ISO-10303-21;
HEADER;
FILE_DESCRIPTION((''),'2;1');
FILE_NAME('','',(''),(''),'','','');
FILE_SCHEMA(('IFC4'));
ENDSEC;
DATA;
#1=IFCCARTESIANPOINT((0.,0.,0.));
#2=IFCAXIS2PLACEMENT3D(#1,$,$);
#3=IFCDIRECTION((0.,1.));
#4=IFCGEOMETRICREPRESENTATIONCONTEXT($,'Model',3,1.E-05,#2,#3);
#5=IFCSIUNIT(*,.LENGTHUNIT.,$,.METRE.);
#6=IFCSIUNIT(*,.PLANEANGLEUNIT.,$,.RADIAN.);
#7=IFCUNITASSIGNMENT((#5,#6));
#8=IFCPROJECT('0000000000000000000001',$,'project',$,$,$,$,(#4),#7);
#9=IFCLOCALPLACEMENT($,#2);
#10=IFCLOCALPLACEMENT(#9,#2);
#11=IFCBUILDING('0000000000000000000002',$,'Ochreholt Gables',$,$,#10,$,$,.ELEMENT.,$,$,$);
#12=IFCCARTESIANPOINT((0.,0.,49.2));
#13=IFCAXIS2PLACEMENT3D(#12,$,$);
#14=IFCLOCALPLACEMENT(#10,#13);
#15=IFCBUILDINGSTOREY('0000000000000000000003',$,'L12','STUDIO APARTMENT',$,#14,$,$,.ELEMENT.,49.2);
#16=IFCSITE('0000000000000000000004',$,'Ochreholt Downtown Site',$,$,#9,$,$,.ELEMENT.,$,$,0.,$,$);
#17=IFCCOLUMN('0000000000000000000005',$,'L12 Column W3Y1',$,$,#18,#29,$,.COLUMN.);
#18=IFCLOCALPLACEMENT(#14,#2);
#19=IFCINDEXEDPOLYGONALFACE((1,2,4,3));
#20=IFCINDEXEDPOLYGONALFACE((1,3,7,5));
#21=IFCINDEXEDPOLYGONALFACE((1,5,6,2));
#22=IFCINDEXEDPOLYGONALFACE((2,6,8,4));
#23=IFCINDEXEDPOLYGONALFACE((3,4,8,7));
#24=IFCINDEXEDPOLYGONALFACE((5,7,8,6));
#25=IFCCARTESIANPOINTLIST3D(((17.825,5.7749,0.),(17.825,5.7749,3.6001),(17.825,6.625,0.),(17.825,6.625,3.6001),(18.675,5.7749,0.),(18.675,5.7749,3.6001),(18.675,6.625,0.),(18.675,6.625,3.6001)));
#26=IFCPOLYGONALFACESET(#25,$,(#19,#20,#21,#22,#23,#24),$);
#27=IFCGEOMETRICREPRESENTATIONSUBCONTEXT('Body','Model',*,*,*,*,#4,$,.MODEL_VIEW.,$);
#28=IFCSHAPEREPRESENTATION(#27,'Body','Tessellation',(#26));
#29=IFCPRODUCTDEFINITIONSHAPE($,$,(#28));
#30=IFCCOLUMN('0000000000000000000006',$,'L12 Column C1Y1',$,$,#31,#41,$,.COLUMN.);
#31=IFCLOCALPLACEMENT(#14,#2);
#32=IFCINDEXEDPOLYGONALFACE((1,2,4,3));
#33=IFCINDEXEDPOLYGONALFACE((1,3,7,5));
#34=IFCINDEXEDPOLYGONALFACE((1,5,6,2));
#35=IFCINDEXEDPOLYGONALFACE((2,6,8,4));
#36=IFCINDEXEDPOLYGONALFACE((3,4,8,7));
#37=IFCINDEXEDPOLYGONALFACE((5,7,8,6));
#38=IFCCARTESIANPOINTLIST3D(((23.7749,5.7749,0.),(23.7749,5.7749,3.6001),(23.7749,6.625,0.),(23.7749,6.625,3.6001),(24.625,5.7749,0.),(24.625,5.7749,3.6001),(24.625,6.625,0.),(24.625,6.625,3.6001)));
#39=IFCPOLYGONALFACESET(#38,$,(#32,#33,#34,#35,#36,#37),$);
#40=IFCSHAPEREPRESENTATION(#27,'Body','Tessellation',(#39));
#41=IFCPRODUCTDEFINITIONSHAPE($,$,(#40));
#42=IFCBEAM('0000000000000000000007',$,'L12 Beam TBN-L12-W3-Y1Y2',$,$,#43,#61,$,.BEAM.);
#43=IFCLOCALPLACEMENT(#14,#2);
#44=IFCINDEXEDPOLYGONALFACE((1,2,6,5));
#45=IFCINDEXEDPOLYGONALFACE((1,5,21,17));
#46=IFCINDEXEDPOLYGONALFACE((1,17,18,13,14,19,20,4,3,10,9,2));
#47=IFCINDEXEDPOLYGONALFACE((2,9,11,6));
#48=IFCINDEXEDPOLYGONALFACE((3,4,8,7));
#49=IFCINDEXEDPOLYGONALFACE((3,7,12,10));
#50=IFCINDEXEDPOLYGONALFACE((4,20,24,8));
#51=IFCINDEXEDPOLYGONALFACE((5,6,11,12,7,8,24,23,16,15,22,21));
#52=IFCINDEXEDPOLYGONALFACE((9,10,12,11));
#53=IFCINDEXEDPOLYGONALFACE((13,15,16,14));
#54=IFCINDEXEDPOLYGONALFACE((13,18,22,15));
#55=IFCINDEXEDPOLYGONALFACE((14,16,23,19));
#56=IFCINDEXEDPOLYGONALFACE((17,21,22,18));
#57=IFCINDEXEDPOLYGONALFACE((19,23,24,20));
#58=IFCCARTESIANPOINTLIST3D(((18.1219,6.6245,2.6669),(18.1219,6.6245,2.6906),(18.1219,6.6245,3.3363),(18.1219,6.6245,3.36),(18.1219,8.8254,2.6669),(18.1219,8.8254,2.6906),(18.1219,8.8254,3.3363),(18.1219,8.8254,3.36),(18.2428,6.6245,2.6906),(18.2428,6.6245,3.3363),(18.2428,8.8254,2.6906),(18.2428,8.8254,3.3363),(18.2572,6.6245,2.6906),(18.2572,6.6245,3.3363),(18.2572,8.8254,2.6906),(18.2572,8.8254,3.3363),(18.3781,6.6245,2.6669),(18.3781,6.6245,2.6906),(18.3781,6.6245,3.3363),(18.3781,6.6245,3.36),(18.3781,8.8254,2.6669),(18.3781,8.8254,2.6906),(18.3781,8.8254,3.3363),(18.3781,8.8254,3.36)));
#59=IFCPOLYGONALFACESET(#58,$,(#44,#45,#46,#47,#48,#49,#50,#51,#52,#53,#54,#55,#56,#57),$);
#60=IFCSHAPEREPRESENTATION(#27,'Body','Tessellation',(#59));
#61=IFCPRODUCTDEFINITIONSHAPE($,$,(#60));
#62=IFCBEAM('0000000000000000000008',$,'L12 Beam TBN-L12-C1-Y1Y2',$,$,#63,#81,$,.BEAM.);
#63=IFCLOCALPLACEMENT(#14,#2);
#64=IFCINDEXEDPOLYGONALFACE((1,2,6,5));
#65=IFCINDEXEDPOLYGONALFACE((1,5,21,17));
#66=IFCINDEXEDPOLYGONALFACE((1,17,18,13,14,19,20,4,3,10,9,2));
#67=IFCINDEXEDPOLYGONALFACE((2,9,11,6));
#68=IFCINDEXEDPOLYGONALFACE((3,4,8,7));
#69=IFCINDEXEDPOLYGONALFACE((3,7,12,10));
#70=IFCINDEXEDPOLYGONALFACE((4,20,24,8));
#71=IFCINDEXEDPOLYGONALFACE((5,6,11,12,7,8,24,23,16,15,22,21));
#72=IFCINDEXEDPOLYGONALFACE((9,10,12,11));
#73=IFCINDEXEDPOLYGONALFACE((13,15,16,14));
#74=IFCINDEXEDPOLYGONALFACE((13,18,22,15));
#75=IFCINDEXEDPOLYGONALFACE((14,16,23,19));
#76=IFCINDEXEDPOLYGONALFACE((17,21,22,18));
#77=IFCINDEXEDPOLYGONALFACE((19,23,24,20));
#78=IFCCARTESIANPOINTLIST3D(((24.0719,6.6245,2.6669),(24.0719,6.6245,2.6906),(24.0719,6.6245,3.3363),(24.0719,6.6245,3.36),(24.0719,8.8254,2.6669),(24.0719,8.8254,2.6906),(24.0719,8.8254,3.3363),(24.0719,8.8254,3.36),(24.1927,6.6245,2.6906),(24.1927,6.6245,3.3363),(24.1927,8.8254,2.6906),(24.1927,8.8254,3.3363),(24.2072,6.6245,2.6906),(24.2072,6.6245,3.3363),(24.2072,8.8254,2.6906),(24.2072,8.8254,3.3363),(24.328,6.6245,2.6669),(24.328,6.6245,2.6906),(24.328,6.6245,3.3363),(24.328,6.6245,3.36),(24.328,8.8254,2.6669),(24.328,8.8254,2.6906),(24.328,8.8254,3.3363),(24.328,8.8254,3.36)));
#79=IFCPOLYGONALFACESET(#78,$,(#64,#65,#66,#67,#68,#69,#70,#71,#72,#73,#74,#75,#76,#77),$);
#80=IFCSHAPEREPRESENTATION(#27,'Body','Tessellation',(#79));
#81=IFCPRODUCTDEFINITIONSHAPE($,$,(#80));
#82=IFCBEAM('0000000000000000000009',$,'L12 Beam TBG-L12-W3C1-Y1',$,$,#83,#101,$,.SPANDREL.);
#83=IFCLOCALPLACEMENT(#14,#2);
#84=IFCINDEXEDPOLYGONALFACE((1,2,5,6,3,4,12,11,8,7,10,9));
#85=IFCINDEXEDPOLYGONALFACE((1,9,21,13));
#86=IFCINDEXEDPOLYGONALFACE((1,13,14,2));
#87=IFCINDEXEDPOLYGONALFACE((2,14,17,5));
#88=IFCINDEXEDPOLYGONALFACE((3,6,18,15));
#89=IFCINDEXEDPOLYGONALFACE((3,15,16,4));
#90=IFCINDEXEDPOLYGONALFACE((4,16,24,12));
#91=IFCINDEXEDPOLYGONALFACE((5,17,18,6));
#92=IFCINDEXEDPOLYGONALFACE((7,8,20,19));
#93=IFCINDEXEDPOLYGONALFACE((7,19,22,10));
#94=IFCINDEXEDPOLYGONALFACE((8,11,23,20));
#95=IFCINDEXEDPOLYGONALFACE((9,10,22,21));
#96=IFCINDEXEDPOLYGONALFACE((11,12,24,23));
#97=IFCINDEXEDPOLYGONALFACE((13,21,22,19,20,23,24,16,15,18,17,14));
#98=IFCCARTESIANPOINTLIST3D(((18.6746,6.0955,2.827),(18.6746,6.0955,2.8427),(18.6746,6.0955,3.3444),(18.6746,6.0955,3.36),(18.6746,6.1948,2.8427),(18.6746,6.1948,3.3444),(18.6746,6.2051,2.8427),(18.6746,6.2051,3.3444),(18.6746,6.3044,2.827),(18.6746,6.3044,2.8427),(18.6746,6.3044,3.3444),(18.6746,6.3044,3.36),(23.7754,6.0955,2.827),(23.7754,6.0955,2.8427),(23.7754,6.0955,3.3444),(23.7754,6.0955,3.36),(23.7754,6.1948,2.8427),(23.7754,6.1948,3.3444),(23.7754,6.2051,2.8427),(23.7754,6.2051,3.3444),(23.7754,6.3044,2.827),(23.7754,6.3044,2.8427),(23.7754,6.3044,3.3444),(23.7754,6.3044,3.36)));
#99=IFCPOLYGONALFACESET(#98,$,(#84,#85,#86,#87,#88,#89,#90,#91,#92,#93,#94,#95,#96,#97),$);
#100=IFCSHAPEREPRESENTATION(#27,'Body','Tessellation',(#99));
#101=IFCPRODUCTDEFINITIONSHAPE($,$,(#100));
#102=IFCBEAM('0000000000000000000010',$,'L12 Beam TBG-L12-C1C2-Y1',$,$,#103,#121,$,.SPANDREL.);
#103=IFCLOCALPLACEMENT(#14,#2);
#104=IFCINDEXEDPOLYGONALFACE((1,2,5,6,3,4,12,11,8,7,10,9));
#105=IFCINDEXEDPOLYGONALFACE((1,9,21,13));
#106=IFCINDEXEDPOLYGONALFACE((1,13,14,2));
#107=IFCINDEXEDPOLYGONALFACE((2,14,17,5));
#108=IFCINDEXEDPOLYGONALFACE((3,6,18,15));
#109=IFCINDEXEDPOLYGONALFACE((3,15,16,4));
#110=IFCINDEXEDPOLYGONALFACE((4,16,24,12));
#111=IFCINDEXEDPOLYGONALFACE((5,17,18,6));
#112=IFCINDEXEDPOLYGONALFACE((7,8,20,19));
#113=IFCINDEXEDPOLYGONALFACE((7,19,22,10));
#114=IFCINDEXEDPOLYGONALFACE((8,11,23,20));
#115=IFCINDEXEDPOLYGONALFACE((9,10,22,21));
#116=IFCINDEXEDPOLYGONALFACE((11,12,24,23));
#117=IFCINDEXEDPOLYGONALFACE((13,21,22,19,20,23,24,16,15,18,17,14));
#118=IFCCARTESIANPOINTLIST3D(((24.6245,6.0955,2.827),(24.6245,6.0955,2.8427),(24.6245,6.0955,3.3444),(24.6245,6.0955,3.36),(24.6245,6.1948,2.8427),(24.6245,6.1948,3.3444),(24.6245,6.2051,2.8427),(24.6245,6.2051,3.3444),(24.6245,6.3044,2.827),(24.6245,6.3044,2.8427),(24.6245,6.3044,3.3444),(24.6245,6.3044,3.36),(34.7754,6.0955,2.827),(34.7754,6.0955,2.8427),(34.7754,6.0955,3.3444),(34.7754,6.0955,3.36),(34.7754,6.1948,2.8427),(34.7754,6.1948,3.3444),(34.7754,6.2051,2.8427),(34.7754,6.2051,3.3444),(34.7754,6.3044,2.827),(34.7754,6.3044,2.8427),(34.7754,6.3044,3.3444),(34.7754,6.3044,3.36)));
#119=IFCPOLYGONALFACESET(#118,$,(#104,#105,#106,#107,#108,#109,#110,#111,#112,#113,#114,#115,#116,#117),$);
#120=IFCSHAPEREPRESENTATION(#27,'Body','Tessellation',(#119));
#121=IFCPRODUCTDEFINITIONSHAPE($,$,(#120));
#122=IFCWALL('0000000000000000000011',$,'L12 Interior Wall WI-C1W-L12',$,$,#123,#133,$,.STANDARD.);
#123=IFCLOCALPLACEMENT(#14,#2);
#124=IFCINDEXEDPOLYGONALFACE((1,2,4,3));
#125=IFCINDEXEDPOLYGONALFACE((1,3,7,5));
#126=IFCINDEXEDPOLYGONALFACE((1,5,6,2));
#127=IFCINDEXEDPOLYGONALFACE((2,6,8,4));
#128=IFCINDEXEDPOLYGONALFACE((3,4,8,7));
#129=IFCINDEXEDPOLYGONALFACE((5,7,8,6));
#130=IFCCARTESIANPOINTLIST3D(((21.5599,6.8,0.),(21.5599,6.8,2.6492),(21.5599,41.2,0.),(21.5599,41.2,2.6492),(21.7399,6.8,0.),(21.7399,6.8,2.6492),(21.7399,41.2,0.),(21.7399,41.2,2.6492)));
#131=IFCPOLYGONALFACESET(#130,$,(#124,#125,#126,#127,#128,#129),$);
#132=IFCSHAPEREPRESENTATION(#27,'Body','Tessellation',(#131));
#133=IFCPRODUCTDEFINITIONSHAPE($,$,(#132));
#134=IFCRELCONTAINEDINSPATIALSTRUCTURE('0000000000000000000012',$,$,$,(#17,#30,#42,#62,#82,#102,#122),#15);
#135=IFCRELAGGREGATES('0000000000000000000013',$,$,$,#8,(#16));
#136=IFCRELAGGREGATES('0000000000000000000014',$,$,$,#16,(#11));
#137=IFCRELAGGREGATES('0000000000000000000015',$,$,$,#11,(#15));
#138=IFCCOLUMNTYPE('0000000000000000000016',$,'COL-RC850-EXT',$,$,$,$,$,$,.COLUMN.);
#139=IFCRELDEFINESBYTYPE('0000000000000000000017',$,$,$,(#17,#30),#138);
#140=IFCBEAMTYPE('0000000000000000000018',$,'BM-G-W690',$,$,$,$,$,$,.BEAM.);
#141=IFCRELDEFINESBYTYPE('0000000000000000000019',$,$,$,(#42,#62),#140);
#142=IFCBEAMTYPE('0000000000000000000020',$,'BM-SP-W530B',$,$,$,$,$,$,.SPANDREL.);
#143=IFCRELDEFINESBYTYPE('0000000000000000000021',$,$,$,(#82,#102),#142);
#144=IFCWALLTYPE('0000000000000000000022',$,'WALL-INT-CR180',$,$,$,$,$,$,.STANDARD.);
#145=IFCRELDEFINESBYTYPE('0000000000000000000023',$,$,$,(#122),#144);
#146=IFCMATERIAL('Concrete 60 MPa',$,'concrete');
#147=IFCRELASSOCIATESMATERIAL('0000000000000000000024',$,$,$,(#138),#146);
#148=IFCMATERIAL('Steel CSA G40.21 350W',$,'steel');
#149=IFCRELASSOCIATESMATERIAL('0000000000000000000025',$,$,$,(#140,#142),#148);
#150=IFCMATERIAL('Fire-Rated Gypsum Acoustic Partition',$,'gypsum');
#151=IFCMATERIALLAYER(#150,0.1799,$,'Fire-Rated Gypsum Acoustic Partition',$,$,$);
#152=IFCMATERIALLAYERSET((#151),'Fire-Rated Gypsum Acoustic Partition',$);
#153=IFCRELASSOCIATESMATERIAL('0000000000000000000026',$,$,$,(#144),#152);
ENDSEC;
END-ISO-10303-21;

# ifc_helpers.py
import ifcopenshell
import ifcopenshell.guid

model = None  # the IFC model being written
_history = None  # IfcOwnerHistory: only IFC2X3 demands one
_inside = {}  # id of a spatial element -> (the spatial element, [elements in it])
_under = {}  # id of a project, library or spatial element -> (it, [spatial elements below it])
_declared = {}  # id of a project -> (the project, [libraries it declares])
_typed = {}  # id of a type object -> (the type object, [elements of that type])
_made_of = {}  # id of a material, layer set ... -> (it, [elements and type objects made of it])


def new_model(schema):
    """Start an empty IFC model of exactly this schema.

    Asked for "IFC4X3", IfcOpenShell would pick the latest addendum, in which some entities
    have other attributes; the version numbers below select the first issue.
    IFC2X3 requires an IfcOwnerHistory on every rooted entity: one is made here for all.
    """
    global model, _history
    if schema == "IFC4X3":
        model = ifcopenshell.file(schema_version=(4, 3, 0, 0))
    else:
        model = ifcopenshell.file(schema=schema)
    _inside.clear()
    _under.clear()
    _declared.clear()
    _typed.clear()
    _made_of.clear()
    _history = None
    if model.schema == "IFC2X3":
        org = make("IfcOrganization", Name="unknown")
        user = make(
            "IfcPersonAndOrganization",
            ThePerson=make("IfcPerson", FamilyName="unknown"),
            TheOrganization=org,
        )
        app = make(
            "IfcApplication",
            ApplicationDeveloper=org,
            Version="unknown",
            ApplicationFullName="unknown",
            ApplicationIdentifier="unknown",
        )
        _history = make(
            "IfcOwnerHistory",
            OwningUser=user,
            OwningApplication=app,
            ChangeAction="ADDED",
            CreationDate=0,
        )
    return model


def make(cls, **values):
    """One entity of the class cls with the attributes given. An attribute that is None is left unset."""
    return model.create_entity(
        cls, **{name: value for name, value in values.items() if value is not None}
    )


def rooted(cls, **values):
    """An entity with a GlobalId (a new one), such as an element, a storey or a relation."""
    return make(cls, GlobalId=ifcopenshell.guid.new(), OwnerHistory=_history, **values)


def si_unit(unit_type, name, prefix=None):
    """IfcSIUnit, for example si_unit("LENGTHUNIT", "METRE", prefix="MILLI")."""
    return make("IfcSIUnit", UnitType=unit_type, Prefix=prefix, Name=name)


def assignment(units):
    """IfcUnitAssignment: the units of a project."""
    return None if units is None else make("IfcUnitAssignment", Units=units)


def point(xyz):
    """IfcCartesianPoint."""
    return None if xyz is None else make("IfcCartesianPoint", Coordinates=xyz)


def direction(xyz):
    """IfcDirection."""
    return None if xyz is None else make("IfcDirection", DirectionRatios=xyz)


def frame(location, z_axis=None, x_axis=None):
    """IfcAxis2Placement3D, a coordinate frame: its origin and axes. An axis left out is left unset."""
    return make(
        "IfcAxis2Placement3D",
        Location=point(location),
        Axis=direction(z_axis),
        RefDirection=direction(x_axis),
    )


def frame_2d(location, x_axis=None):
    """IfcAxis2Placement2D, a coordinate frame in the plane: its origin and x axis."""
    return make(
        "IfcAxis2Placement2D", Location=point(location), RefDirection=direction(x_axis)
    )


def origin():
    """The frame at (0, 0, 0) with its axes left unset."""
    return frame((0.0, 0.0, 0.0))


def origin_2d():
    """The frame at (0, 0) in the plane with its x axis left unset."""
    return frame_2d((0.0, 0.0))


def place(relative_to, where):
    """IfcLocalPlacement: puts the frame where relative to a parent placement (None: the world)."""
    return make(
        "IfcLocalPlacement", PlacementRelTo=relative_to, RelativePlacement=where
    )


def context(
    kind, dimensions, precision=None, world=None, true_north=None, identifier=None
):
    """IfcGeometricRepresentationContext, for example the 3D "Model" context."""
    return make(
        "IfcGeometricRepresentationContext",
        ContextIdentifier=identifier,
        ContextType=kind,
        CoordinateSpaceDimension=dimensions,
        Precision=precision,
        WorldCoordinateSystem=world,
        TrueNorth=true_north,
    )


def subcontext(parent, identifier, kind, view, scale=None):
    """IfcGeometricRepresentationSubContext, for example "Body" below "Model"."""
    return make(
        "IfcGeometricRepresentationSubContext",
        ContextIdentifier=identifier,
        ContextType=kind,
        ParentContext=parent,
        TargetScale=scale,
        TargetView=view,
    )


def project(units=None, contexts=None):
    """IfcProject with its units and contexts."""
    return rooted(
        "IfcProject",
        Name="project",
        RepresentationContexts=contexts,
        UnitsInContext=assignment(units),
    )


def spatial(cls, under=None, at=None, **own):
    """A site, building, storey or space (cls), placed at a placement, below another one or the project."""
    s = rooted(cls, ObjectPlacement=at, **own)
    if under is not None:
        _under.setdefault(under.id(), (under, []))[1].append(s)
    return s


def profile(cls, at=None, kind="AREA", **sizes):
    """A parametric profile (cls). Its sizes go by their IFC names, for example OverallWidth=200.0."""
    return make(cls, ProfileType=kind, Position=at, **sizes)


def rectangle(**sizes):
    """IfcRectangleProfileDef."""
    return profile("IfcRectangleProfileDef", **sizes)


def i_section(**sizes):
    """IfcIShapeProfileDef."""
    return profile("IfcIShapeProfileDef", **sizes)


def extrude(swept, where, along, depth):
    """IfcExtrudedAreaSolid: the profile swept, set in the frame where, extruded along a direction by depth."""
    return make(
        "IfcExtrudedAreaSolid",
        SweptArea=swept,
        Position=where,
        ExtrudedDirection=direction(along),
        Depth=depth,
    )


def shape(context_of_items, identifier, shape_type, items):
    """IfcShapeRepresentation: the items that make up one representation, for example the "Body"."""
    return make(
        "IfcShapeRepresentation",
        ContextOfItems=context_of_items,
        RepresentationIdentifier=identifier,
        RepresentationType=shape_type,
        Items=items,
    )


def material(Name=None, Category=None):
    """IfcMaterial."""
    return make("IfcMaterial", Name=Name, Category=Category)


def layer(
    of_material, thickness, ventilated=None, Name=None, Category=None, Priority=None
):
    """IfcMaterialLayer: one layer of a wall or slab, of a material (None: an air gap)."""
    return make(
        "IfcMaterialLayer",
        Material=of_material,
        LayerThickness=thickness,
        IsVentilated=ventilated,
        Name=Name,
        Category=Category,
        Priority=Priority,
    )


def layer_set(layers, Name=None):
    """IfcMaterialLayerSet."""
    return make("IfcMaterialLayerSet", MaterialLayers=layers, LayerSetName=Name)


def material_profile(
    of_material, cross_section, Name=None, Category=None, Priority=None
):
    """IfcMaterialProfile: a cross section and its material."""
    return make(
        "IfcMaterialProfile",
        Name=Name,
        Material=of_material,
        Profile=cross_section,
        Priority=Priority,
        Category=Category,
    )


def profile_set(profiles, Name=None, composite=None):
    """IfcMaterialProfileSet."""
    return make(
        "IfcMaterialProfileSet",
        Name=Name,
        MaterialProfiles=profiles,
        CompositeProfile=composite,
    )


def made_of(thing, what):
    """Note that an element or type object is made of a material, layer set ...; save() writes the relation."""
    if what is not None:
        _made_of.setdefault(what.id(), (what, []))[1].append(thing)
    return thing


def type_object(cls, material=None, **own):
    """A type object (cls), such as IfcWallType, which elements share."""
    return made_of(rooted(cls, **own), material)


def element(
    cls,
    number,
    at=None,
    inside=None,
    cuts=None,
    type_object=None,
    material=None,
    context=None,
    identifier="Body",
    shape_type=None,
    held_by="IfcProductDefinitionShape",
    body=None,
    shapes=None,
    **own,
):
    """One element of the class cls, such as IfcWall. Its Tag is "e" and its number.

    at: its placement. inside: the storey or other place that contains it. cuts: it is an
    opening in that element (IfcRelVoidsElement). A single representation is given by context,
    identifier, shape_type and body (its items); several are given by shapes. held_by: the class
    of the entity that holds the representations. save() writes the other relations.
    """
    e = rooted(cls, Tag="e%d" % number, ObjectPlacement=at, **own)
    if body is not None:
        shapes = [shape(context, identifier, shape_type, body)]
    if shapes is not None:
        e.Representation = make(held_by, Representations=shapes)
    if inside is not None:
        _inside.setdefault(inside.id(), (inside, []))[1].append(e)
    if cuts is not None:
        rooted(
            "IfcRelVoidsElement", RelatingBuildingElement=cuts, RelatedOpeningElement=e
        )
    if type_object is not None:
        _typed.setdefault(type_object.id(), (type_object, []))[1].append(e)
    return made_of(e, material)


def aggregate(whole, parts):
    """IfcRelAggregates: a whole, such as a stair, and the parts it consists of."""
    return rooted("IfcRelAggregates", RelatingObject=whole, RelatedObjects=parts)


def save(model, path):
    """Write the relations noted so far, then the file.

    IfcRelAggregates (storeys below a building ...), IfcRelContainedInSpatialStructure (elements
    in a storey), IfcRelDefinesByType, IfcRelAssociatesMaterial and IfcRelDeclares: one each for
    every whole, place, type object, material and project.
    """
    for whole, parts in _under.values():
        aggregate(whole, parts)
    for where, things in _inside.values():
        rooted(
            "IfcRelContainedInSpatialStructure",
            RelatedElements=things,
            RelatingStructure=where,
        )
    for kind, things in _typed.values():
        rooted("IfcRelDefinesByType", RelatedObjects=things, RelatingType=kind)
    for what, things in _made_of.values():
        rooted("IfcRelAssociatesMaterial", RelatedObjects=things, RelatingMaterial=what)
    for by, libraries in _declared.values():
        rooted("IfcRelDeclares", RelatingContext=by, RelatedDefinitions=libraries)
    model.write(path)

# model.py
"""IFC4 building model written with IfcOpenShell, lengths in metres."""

from ifc_helpers import new_model, si_unit, direction, frame, frame_2d, origin, origin_2d, place, context, subcontext, project, spatial, rectangle, i_section, extrude, material, layer, layer_set, material_profile, profile_set, type_object, element, save


model = new_model("IFC4")

# Units and contexts
model_context = context("Model", 3, precision=1e-05, world=origin(), true_north=direction((0.0, 1.0)))
body_context = subcontext(model_context, "Body", "Model", "MODEL_VIEW")
ifc_project = project(units=[si_unit("LENGTHUNIT", "METRE"), si_unit("PLANEANGLEUNIT", "RADIAN")], contexts=[model_context])

# Site, building, storey
site_placement = place(None, origin())
site = spatial("IfcSite", under=ifc_project, at=site_placement, Name="Ochreholt Downtown Site", CompositionType="ELEMENT", RefElevation=0.0)
building_placement = place(site_placement, origin())
building = spatial("IfcBuilding", under=site, at=building_placement, Name="Ochreholt Gables", CompositionType="ELEMENT")
storey_placement = place(building_placement, frame((0.0, 0.0, 49.2)))
storey = spatial("IfcBuildingStorey", under=building, at=storey_placement, Name="L12", Description="STUDIO APARTMENT", CompositionType="ELEMENT", Elevation=49.2)

# Columns
ifc_material_1 = material(Name="Concrete 60 MPa", Category="concrete")
ifc_material_profile_1 = material_profile(ifc_material_1, rectangle(XDim=0.8501, YDim=0.8501, at=origin_2d()), Name="RC850X850")
ifc_profile_set_1 = profile_set([ifc_material_profile_1], Name="Concrete 60 MPa")
column_type = type_object("IfcColumnType", Name="COL-RC850-EXT", PredefinedType="COLUMN", material=ifc_profile_set_1)
for number, where, z_axis, x_axis, name in (
    (1, (18.25, 6.2, 0.0), (0.0, 0.0, 1.0), (1.0, 0.0, 0.0), "L12 Column W3Y1"),
    (2, (24.2, 6.2, 0.0), (0.0, 0.0, 1.0), (1.0, 0.0, 0.0), "L12 Column C1Y1"),
):
    element("IfcColumn", number, at=place(storey_placement, frame(where, z_axis=z_axis, x_axis=x_axis)), inside=storey, type_object=column_type, Name=name, PredefinedType="COLUMN", context=body_context, shape_type="SweptSolid", body=[
        extrude(rectangle(XDim=0.8501, YDim=0.8501, at=origin_2d()), origin(), (0.0, 0.0, 1.0), 3.6001),
    ])

# Beams
ifc_material_2 = material(Name="Steel CSA G40.21 350W", Category="steel")
ifc_material_profile_2 = material_profile(ifc_material_2, i_section(OverallWidth=0.2561, OverallDepth=0.6931, WebThickness=0.0144, FlangeThickness=0.0237, at=origin_2d()), Name="W690X170")
ifc_profile_set_2 = profile_set([ifc_material_profile_2], Name="Steel CSA G40.21 350W")
beam_type_1 = type_object("IfcBeamType", Name="BM-G-W690", PredefinedType="BEAM", material=ifc_profile_set_2)
for number, where, z_axis, x_axis, name in (
    (3, (18.25, 6.6245, 3.0134), (0.0, 1.0, 0.0), (-1.0, 0.0, 0.0), "L12 Beam TBN-L12-W3-Y1Y2"),
    (4, (24.2, 6.6245, 3.0134), (0.0, 1.0, 0.0), (-1.0, 0.0, 0.0), "L12 Beam TBN-L12-C1-Y1Y2"),
):
    element("IfcBeam", number, at=place(storey_placement, frame(where, z_axis=z_axis, x_axis=x_axis)), inside=storey, type_object=beam_type_1, Name=name, PredefinedType="BEAM", context=body_context, shape_type="SweptSolid", body=[
        extrude(i_section(OverallWidth=0.2561, OverallDepth=0.6931, WebThickness=0.0144, FlangeThickness=0.0237, at=origin_2d()), origin(), (0.0, 0.0, 1.0), 2.2009),
    ])
ifc_material_profile_3 = material_profile(ifc_material_2, i_section(OverallWidth=0.209, OverallDepth=0.533, WebThickness=0.0103, FlangeThickness=0.0156, at=origin_2d()), Name="W530X92")
ifc_profile_set_3 = profile_set([ifc_material_profile_3], Name="Steel CSA G40.21 350W")
beam_type_2 = type_object("IfcBeamType", Name="BM-SP-W530B", PredefinedType="SPANDREL", material=ifc_profile_set_3)
beam_1_placement = place(storey_placement, frame((18.6746, 6.2, 3.0935), z_axis=(1.0, 0.0, 0.0), x_axis=(0.0, 1.0, 0.0)))
element("IfcBeam", 5, at=beam_1_placement, inside=storey, type_object=beam_type_2, Name="L12 Beam TBG-L12-W3C1-Y1", PredefinedType="SPANDREL", context=body_context, shape_type="SweptSolid", body=[
    extrude(i_section(OverallWidth=0.209, OverallDepth=0.533, WebThickness=0.0103, FlangeThickness=0.0156, at=origin_2d()), origin(), (0.0, 0.0, 1.0), 5.1008),
])
beam_2_placement = place(storey_placement, frame((24.6245, 6.2, 3.0935), z_axis=(1.0, 0.0, 0.0), x_axis=(0.0, 1.0, 0.0)))
element("IfcBeam", 6, at=beam_2_placement, inside=storey, type_object=beam_type_2, Name="L12 Beam TBG-L12-C1C2-Y1", PredefinedType="SPANDREL", context=body_context, shape_type="SweptSolid", body=[
    extrude(i_section(OverallWidth=0.209, OverallDepth=0.533, WebThickness=0.0103, FlangeThickness=0.0156, at=origin_2d()), origin(), (0.0, 0.0, 1.0), 10.1509),
])

# Wall
ifc_material_3 = material(Name="Fire-Rated Gypsum Acoustic Partition", Category="gypsum")
ifc_layer_1 = layer(ifc_material_3, 0.1799, Name="Fire-Rated Gypsum Acoustic Partition")
ifc_layer_set_1 = layer_set([ifc_layer_1], Name="Fire-Rated Gypsum Acoustic Partition")
wall_type_1 = type_object("IfcWallType", Name="WALL-INT-CR180", PredefinedType="STANDARD", material=ifc_layer_set_1)
wall_1_placement = place(storey_placement, frame((21.6499, 6.8, 0.0), z_axis=(0.0, 0.0, 1.0), x_axis=(0.0, 1.0, 0.0)))
element("IfcWall", 7, at=wall_1_placement, inside=storey, type_object=wall_type_1, Name="L12 Interior Wall WI-C1W-L12", PredefinedType="STANDARD", context=body_context, shape_type="SweptSolid", body=[
    extrude(rectangle(XDim=34.3999, YDim=0.1799, at=frame_2d((17.2, 0.0))), origin(), (0.0, 0.0, 1.0), 2.6492),
])

save(model, "model.ifc")
